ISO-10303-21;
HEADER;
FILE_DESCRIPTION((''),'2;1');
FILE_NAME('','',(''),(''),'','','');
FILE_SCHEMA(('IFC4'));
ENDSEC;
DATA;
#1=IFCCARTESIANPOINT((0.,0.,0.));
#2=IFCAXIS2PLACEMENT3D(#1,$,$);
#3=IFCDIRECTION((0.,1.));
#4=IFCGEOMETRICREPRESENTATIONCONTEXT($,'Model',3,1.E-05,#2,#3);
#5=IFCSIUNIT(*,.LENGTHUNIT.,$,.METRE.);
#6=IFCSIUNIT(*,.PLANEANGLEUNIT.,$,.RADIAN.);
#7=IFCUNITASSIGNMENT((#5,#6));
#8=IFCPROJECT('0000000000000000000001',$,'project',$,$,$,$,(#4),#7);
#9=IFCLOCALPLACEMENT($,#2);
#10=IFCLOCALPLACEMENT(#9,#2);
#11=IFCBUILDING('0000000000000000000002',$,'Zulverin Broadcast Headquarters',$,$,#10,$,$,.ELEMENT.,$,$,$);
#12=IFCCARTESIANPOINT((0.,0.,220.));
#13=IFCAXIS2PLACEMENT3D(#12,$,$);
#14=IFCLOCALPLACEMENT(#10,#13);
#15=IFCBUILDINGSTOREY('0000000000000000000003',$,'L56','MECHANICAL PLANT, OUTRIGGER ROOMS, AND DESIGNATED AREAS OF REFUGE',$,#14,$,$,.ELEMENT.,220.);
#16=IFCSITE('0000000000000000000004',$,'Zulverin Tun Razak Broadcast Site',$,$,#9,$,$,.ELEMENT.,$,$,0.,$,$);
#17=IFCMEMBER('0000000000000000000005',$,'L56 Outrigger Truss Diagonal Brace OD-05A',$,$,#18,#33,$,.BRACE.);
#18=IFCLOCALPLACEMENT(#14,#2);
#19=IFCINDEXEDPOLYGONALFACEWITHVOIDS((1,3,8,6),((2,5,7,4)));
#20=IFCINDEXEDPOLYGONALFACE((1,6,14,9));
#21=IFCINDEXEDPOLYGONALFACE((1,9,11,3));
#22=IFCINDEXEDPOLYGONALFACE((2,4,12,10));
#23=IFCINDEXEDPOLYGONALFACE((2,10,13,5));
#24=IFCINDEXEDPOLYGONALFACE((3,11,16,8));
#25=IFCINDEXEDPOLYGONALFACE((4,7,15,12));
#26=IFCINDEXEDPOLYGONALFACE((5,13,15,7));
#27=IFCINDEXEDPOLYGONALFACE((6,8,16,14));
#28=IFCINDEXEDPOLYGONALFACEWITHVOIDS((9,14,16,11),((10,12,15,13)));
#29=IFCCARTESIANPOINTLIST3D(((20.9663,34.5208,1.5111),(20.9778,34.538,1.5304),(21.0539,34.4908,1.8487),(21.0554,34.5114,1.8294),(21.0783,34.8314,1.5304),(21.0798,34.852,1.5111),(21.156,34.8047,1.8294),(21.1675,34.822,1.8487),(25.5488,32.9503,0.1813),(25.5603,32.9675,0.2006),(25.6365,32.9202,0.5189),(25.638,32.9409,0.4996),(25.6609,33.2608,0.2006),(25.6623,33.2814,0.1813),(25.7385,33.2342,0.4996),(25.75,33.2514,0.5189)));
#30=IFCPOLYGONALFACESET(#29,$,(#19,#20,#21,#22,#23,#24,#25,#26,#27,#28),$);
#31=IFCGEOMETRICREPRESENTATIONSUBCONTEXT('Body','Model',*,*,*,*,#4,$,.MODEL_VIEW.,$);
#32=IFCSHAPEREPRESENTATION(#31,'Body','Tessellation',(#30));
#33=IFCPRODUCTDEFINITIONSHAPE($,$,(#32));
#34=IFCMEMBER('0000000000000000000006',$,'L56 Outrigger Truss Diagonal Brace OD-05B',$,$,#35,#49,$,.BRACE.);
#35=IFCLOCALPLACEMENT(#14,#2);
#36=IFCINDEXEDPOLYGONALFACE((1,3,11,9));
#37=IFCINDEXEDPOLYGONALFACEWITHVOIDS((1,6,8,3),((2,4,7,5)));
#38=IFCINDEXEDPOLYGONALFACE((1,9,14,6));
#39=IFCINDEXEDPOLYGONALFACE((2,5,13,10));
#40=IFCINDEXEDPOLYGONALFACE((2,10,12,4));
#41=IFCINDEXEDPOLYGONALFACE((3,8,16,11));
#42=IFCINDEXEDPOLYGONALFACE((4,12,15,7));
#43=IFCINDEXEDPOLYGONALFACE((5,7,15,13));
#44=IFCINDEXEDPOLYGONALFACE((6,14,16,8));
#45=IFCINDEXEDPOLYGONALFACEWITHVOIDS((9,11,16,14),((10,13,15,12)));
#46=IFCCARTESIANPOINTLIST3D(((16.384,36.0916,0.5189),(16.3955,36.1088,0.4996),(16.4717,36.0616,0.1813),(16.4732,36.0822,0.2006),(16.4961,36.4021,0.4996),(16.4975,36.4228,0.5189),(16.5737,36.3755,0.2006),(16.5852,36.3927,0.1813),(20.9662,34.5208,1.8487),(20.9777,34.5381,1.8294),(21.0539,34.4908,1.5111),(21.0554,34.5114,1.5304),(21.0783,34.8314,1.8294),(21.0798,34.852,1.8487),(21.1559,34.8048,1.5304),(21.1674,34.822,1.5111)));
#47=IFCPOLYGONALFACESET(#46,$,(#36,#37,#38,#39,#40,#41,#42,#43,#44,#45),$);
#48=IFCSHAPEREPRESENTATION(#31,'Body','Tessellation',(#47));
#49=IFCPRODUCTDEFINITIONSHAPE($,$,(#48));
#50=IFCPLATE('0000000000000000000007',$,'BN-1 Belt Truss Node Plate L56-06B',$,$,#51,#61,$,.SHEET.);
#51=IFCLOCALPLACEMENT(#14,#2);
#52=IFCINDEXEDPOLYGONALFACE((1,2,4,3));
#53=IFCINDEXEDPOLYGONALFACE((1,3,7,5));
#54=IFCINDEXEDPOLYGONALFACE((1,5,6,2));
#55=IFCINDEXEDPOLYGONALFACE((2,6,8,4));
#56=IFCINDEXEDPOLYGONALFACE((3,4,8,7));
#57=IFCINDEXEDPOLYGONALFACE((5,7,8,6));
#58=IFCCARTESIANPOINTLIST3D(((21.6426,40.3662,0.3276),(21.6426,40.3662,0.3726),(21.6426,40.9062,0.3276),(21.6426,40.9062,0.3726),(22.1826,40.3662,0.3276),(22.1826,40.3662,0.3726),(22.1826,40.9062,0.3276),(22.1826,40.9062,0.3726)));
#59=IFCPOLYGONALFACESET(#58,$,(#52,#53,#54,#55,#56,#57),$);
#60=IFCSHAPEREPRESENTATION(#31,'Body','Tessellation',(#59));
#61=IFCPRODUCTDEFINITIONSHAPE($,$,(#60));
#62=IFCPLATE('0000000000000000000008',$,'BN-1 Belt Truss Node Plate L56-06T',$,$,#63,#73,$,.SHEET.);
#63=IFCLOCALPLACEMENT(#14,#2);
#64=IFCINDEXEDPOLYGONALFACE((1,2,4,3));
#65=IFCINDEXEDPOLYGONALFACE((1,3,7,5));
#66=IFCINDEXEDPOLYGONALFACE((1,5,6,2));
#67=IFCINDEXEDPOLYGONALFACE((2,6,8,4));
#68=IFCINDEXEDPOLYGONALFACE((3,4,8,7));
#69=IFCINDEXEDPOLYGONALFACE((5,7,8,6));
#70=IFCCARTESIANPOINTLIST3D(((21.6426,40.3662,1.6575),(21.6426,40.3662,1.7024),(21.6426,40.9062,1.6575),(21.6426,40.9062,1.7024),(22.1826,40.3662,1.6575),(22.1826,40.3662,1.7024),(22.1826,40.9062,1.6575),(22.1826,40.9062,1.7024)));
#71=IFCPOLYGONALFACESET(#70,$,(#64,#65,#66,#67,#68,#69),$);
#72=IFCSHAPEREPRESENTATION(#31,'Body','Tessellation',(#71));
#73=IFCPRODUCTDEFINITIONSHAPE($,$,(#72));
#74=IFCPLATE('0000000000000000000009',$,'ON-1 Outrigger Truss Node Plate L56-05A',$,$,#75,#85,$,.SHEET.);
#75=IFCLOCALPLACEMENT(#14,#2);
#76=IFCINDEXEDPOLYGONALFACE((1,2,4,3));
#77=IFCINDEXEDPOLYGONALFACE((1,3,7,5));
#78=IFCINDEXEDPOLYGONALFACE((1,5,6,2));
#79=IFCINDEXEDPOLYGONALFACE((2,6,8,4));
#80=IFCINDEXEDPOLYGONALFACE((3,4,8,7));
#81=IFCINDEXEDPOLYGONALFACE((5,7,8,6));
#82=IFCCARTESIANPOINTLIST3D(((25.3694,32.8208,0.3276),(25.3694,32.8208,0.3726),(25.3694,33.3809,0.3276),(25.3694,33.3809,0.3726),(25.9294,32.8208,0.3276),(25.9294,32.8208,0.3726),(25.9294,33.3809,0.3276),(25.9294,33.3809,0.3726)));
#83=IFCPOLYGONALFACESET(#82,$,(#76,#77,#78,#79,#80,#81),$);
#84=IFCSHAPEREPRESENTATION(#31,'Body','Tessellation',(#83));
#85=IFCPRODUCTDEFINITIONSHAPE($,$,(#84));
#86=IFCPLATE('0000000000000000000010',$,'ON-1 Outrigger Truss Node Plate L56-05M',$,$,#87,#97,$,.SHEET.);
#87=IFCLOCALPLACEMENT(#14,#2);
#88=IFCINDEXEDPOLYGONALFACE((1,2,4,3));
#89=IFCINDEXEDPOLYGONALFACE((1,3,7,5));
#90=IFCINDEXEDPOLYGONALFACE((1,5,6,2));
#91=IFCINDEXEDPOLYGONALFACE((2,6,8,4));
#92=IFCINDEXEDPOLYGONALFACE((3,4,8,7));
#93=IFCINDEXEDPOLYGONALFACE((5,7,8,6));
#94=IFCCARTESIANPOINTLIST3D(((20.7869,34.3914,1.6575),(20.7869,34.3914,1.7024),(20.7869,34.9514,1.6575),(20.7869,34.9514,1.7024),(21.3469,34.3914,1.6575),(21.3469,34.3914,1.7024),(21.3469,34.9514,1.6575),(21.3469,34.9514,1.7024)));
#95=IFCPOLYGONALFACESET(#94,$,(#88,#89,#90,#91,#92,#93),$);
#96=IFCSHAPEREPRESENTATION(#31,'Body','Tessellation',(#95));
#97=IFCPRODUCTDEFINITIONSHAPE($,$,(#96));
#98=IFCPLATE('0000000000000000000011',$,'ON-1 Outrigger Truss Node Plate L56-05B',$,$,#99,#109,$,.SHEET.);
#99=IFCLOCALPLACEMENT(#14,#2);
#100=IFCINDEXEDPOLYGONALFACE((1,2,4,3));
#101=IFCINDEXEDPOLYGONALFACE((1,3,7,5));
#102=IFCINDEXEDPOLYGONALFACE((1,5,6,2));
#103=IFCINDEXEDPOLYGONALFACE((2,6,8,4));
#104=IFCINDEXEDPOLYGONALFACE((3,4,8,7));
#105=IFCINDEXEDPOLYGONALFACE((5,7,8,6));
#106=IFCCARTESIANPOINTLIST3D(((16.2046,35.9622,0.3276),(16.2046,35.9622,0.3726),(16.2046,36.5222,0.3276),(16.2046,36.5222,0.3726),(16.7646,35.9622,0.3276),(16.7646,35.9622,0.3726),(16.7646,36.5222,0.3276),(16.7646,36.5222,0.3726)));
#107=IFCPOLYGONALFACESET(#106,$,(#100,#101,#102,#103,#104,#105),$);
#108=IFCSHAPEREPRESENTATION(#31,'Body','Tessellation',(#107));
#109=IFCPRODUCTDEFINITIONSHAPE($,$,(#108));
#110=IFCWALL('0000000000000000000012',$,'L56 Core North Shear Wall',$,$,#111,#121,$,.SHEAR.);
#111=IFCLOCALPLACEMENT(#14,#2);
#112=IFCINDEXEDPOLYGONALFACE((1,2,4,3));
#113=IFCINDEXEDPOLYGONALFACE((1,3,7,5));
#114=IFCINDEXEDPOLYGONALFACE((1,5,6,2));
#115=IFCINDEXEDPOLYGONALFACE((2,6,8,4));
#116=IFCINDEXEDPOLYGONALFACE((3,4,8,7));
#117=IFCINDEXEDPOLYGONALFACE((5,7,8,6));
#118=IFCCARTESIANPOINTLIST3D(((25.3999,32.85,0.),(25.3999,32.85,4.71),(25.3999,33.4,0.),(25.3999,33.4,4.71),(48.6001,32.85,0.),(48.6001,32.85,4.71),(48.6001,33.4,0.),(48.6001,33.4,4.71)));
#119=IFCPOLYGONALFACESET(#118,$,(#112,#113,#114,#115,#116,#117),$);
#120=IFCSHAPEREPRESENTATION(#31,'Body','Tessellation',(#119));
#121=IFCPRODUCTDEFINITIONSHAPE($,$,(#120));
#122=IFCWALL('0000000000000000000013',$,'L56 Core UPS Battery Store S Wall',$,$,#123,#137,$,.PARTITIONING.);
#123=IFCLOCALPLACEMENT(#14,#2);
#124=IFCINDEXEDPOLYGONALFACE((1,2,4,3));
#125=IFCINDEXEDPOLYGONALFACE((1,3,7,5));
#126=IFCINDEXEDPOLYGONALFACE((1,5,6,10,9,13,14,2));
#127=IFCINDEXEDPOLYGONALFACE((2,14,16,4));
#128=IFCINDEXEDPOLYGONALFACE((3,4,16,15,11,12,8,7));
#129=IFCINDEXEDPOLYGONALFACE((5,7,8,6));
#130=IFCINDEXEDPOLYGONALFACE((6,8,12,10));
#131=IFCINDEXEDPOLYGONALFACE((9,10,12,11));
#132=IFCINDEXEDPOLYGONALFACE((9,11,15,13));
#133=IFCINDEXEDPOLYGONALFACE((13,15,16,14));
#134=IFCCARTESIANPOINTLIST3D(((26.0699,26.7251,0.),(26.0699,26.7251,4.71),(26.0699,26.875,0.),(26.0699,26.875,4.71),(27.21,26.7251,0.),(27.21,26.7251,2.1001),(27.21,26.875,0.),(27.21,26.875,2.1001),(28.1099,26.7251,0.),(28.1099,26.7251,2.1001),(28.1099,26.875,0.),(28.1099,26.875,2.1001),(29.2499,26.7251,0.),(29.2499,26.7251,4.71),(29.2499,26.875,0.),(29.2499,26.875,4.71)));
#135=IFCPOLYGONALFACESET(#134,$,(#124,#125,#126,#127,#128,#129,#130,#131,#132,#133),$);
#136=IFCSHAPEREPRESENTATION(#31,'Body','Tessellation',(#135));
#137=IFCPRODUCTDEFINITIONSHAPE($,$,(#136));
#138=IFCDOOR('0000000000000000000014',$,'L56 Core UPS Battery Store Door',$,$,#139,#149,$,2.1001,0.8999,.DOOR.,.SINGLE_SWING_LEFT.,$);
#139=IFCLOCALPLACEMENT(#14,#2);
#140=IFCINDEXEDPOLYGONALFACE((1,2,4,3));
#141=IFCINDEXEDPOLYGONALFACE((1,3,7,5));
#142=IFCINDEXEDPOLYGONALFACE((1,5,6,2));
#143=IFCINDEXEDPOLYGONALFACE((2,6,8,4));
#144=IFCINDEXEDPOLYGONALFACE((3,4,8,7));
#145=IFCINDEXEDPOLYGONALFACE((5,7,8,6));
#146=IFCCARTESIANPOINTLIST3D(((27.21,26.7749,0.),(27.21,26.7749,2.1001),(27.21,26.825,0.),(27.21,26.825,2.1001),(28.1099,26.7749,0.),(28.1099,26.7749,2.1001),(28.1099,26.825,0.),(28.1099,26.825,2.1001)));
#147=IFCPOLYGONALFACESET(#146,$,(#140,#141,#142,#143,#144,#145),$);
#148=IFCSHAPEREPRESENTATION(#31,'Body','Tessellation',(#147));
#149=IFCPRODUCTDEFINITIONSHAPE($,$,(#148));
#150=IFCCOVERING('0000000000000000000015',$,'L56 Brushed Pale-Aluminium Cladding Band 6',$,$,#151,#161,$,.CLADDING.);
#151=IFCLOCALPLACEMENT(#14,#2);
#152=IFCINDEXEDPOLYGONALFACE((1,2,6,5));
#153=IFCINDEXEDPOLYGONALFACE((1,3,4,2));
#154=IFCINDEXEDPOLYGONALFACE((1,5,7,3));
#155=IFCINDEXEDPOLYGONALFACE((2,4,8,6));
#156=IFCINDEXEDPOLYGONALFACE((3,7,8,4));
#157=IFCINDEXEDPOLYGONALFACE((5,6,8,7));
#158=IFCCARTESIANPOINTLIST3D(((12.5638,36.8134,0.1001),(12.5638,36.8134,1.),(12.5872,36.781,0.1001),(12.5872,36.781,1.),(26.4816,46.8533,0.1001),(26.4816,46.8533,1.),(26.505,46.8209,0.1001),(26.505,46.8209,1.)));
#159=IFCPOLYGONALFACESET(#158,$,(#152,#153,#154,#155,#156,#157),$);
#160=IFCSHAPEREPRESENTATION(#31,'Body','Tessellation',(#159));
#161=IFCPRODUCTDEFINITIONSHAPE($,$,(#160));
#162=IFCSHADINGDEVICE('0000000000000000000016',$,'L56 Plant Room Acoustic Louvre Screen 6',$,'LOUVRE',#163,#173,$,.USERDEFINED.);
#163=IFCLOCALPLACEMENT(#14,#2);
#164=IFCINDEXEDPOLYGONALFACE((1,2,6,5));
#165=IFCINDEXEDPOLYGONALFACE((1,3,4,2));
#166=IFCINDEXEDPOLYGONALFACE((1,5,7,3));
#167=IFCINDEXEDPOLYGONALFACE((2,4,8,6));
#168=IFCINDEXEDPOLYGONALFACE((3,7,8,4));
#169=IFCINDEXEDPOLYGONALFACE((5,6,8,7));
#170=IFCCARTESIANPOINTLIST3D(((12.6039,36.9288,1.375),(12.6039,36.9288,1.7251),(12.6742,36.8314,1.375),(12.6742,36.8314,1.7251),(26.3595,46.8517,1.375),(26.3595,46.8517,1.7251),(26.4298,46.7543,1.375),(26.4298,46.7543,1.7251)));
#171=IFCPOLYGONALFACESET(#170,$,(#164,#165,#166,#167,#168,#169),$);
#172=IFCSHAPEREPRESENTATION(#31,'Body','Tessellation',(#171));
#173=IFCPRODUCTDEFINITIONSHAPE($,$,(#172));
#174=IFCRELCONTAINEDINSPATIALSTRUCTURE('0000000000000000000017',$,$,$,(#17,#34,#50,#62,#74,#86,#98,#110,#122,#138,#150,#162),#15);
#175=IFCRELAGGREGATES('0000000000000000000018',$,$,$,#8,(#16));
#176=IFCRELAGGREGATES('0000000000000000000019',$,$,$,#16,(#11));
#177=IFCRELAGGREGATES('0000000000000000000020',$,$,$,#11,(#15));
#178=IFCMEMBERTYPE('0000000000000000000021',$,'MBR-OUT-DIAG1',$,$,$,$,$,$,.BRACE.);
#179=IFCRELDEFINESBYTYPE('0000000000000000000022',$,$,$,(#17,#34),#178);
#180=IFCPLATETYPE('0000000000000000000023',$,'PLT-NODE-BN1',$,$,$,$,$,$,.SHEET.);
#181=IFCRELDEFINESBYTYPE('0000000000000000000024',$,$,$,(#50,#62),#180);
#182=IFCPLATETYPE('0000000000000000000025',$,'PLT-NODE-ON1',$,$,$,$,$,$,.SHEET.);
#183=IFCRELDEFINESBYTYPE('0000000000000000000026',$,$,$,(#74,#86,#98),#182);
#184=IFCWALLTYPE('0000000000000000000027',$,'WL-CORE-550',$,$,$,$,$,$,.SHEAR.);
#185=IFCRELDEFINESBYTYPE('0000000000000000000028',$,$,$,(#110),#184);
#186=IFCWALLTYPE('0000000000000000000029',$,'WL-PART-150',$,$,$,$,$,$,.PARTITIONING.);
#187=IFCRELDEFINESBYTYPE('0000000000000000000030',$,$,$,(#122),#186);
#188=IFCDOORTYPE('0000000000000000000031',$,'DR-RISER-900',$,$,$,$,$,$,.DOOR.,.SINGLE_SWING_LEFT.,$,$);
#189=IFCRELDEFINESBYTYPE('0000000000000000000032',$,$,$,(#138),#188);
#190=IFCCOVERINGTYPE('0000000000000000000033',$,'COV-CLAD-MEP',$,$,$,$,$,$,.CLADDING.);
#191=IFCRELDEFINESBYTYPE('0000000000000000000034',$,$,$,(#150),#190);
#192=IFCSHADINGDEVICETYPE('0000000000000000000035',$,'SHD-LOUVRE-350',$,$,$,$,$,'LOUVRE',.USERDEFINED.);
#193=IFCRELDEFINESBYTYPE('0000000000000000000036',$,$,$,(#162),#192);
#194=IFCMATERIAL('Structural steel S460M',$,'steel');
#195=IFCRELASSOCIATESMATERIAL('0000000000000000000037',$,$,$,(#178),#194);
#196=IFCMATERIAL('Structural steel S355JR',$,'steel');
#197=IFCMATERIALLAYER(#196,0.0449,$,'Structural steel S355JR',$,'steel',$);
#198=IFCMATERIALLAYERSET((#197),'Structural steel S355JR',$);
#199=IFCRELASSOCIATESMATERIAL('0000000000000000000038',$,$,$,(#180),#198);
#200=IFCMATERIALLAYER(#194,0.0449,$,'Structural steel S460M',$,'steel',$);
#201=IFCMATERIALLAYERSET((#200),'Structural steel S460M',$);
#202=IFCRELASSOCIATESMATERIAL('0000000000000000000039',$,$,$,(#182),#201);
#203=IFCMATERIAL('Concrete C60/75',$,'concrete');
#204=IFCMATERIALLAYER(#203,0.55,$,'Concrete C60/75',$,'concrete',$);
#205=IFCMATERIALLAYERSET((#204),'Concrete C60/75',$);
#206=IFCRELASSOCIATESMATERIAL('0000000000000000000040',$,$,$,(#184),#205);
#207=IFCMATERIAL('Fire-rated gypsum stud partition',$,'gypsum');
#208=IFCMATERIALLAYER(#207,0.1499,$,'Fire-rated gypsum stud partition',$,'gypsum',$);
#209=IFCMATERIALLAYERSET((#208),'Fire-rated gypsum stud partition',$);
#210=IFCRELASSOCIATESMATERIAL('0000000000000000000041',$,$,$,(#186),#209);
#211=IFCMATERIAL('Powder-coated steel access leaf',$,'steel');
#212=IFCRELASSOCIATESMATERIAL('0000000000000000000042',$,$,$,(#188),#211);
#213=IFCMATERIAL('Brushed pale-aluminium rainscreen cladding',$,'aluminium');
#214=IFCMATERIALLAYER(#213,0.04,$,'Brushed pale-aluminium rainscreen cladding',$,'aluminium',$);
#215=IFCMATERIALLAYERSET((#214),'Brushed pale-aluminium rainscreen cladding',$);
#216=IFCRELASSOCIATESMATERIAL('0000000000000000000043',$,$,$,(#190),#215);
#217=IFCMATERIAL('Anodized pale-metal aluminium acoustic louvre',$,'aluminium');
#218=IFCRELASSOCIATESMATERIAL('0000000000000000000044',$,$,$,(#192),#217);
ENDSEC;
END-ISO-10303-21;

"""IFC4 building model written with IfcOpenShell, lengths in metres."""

from ifc_helpers import new_model, si_unit, direction, frame, frame_2d, origin, origin_2d, place, context, subcontext, project, spatial, rectangle, hollow_rectangle, extrude, material, layer, layer_set, material_profile, profile_set, type_object, element, fill, save


model = new_model("IFC4")

# Units and contexts
model_context = context("Model", 3, precision=1e-05, world=origin(), true_north=direction((0.0, 1.0)))
body_context = subcontext(model_context, "Body", "Model", "MODEL_VIEW")
ifc_project = project(units=[si_unit("LENGTHUNIT", "METRE"), si_unit("PLANEANGLEUNIT", "RADIAN")], contexts=[model_context])

# Site, building, storey
site_placement = place(None, origin())
site = spatial("IfcSite", under=ifc_project, at=site_placement, Name="Zulverin Tun Razak Broadcast Site", CompositionType="ELEMENT", RefElevation=0.0)
building_placement = place(site_placement, origin())
building = spatial("IfcBuilding", under=site, at=building_placement, Name="Zulverin Broadcast Headquarters", CompositionType="ELEMENT")
storey_placement = place(building_placement, frame((0.0, 0.0, 220.0)))
storey = spatial("IfcBuildingStorey", under=building, at=storey_placement, Name="L56", Description="MECHANICAL PLANT, OUTRIGGER ROOMS, AND DESIGNATED AREAS OF REFUGE", CompositionType="ELEMENT", Elevation=220.0)

# Shared definitions
ifc_material_1 = material(Name="Concrete C60/75", Category="concrete")

# Members
ifc_material_2 = material(Name="Structural steel S355JR", Category="steel")
ifc_material_3 = material(Name="Structural steel S460M", Category="steel")
ifc_material_profile_1 = material_profile(ifc_material_3, hollow_rectangle(XDim=0.3501, YDim=0.3501, WallThickness=0.02, at=origin_2d()), Name="Structural steel S460M", Category="steel")
ifc_profile_set_1 = profile_set([ifc_material_profile_1], Name="Structural steel S460M")
member_type_1 = type_object("IfcMemberType", Name="MBR-OUT-DIAG1", PredefinedType="BRACE", material=ifc_profile_set_1)
member_1_placement = place(storey_placement, frame((25.6494, 33.1008, 0.3501), z_axis=(-0.912234, 0.312648, 0.264728), x_axis=(-0.324215, -0.945983, 0.0)))
element("IfcMember", 1, at=member_1_placement, inside=storey, type_object=member_type_1, Name="L56 Outrigger Truss Diagonal Brace OD-05A", PredefinedType="BRACE", context=body_context, shape_type="SweptSolid", body=[
    extrude(hollow_rectangle(XDim=0.3501, YDim=0.3501, WallThickness=0.02, at=origin_2d()), origin(), (0.0, 0.0, 1.0), 5.0234),
])
member_2_placement = place(storey_placement, frame((16.4846, 36.2422, 0.3501), z_axis=(0.912212, -0.312706, 0.264735), x_axis=(0.324275, 0.945963, 0.0)))
element("IfcMember", 2, at=member_2_placement, inside=storey, type_object=member_type_1, Name="L56 Outrigger Truss Diagonal Brace OD-05B", PredefinedType="BRACE", context=body_context, shape_type="SweptSolid", body=[
    extrude(hollow_rectangle(XDim=0.3501, YDim=0.3501, WallThickness=0.02, at=origin_2d()), origin(), (0.0, 0.0, 1.0), 5.0232),
])

# Plates
ifc_layer_1 = layer(ifc_material_2, 0.0449, Name="Structural steel S355JR", Category="steel")
ifc_layer_set_1 = layer_set([ifc_layer_1], Name="Structural steel S355JR")
plate_type_1 = type_object("IfcPlateType", Name="PLT-NODE-BN1", PredefinedType="SHEET", material=ifc_layer_set_1)
for number, where, z_axis, x_axis, name in (
    (3, (21.9126, 40.6362, 0.3276), (0.0, 0.0, 1.0), (1.0, 0.0, 0.0), "BN-1 Belt Truss Node Plate L56-06B"),
    (4, (21.9126, 40.6362, 1.6575), (0.0, 0.0, 1.0), (1.0, 0.0, 0.0), "BN-1 Belt Truss Node Plate L56-06T"),
):
    element("IfcPlate", number, at=place(storey_placement, frame(where, z_axis=z_axis, x_axis=x_axis)), inside=storey, type_object=plate_type_1, Name=name, PredefinedType="SHEET", context=body_context, shape_type="SweptSolid", body=[
        extrude(rectangle(XDim=0.54, YDim=0.54, at=origin_2d()), origin(), (0.0, 0.0, 1.0), 0.0449),
    ])
ifc_layer_2 = layer(ifc_material_3, 0.0449, Name="Structural steel S460M", Category="steel")
ifc_layer_set_2 = layer_set([ifc_layer_2], Name="Structural steel S460M")
plate_type_2 = type_object("IfcPlateType", Name="PLT-NODE-ON1", PredefinedType="SHEET", material=ifc_layer_set_2)
for number, where, z_axis, x_axis, name in (
    (5, (25.6494, 33.1008, 0.3276), (0.0, 0.0, 1.0), (1.0, 0.0, 0.0), "ON-1 Outrigger Truss Node Plate L56-05A"),
    (6, (21.0669, 34.6714, 1.6575), (0.0, 0.0, 1.0), (1.0, 0.0, 0.0), "ON-1 Outrigger Truss Node Plate L56-05M"),
    (7, (16.4846, 36.2422, 0.3276), (0.0, 0.0, 1.0), (1.0, 0.0, 0.0), "ON-1 Outrigger Truss Node Plate L56-05B"),
):
    element("IfcPlate", number, at=place(storey_placement, frame(where, z_axis=z_axis, x_axis=x_axis)), inside=storey, type_object=plate_type_2, Name=name, PredefinedType="SHEET", context=body_context, shape_type="SweptSolid", body=[
        extrude(rectangle(XDim=0.5601, YDim=0.5601, at=origin_2d()), origin(), (0.0, 0.0, 1.0), 0.0449),
    ])

# Wall
ifc_layer_3 = layer(ifc_material_1, 0.55, Name="Concrete C60/75", Category="concrete")
ifc_layer_set_3 = layer_set([ifc_layer_3], Name="Concrete C60/75")
wall_type_1 = type_object("IfcWallType", Name="WL-CORE-550", PredefinedType="SHEAR", material=ifc_layer_set_3)
wall_1_placement = place(storey_placement, frame((25.3999, 33.125, 0.0), z_axis=(0.0, 0.0, 1.0), x_axis=(1.0, 0.0, 0.0)))
element("IfcWall", 8, at=wall_1_placement, inside=storey, type_object=wall_type_1, Name="L56 Core North Shear Wall", PredefinedType="SHEAR", context=body_context, shape_type="SweptSolid", body=[
    extrude(rectangle(XDim=23.2002, YDim=0.55, at=frame_2d((11.6001, 0.0))), origin(), (0.0, 0.0, 1.0), 4.71),
])

# Wall, opening, door
ifc_material_4 = material(Name="Fire-rated gypsum stud partition", Category="gypsum")
ifc_layer_4 = layer(ifc_material_4, 0.1499, Name="Fire-rated gypsum stud partition", Category="gypsum")
ifc_layer_set_4 = layer_set([ifc_layer_4], Name="Fire-rated gypsum stud partition")
wall_type_2 = type_object("IfcWallType", Name="WL-PART-150", PredefinedType="PARTITIONING", material=ifc_layer_set_4)
wall_2_placement = place(storey_placement, frame((26.0701, 26.8, 0.0), z_axis=(0.0, 0.0, 1.0), x_axis=(1.0, 0.0, 0.0)))
wall_2 = element("IfcWall", 9, at=wall_2_placement, inside=storey, type_object=wall_type_2, Name="L56 Core UPS Battery Store S Wall", PredefinedType="PARTITIONING", context=body_context, shape_type="SweptSolid", body=[
    extrude(rectangle(XDim=3.1799, YDim=0.1499, at=frame_2d((1.5898, 0.0))), origin(), (0.0, 0.0, 1.0), 4.71),
])
opening_placement = place(wall_2_placement, frame((1.1399, 0.0, 0.0)))
opening = element("IfcOpeningElement", 10, at=opening_placement, cuts=wall_2, PredefinedType="OPENING", context=body_context, shape_type="SweptSolid", body=[
    extrude(rectangle(XDim=0.8999, YDim=2.1001, at=frame_2d((0.45, 1.05))), frame((0.0, 0.085, 0.0), z_axis=(0.0, -1.0, 0.0), x_axis=(1.0, 0.0, 0.0)), (0.0, 0.0, 1.0), 0.1699),
])
ifc_material_5 = material(Name="Powder-coated steel access leaf", Category="steel")
door_type = type_object("IfcDoorType", Name="DR-RISER-900", OperationType="SINGLE_SWING_LEFT", PredefinedType="DOOR", material=ifc_material_5)
door_placement = place(opening_placement, origin())
door = element("IfcDoor", 11, at=door_placement, inside=storey, type_object=door_type, Name="L56 Core UPS Battery Store Door", OperationType="SINGLE_SWING_LEFT", OverallHeight=2.1001, OverallWidth=0.8999, PredefinedType="DOOR", context=body_context, shape_type="SweptSolid", body=[
    extrude(rectangle(XDim=0.8999, YDim=2.1001, at=frame_2d((0.45, 1.05))), frame((0.0, 0.0249, 0.0), z_axis=(0.0, -1.0, 0.0), x_axis=(1.0, 0.0, 0.0)), (0.0, 0.0, 1.0), 0.05),
])
fill(opening, door)

# Covering
ifc_material_6 = material(Name="Brushed pale-aluminium rainscreen cladding", Category="aluminium")
ifc_layer_5 = layer(ifc_material_6, 0.04, Name="Brushed pale-aluminium rainscreen cladding", Category="aluminium")
ifc_layer_set_5 = layer_set([ifc_layer_5], Name="Brushed pale-aluminium rainscreen cladding")
covering_type = type_object("IfcCoveringType", Name="COV-CLAD-MEP", PredefinedType="CLADDING", material=ifc_layer_set_5)
covering_placement = place(storey_placement, frame((19.5344, 41.8171, 0.1001), z_axis=(0.0, 0.0, 1.0), x_axis=(-0.811007, -0.585037, 0.0)))
element("IfcCovering", 12, at=covering_placement, inside=storey, type_object=covering_type, Name="L56 Brushed Pale-Aluminium Cladding Band 6", PredefinedType="CLADDING", context=body_context, shape_type="SweptSolid", body=[
    extrude(rectangle(XDim=17.1611, YDim=0.04, at=origin_2d()), origin(), (0.0, 0.0, 1.0), 0.8999),
])

# Shading device
ifc_material_7 = material(Name="Anodized pale-metal aluminium acoustic louvre", Category="aluminium")
shading_device_type = type_object("IfcShadingDeviceType", Name="SHD-LOUVRE-350", ElementType="LOUVRE", PredefinedType="USERDEFINED", material=ifc_material_7)
shading_device_placement = place(storey_placement, frame((19.5168, 41.8416, 1.375), z_axis=(0.0, 0.0, 1.0), x_axis=(-0.811007, -0.585037, 0.0)))
element("IfcShadingDevice", 13, at=shading_device_placement, inside=storey, type_object=shading_device_type, Name="L56 Plant Room Acoustic Louvre Screen 6", ObjectType="LOUVRE", PredefinedType="USERDEFINED", context=body_context, shape_type="SweptSolid", body=[
    extrude(rectangle(XDim=16.9612, YDim=0.1201, at=origin_2d()), origin(), (0.0, 0.0, 1.0), 0.3501),
])

save(model, "model.ifc")
